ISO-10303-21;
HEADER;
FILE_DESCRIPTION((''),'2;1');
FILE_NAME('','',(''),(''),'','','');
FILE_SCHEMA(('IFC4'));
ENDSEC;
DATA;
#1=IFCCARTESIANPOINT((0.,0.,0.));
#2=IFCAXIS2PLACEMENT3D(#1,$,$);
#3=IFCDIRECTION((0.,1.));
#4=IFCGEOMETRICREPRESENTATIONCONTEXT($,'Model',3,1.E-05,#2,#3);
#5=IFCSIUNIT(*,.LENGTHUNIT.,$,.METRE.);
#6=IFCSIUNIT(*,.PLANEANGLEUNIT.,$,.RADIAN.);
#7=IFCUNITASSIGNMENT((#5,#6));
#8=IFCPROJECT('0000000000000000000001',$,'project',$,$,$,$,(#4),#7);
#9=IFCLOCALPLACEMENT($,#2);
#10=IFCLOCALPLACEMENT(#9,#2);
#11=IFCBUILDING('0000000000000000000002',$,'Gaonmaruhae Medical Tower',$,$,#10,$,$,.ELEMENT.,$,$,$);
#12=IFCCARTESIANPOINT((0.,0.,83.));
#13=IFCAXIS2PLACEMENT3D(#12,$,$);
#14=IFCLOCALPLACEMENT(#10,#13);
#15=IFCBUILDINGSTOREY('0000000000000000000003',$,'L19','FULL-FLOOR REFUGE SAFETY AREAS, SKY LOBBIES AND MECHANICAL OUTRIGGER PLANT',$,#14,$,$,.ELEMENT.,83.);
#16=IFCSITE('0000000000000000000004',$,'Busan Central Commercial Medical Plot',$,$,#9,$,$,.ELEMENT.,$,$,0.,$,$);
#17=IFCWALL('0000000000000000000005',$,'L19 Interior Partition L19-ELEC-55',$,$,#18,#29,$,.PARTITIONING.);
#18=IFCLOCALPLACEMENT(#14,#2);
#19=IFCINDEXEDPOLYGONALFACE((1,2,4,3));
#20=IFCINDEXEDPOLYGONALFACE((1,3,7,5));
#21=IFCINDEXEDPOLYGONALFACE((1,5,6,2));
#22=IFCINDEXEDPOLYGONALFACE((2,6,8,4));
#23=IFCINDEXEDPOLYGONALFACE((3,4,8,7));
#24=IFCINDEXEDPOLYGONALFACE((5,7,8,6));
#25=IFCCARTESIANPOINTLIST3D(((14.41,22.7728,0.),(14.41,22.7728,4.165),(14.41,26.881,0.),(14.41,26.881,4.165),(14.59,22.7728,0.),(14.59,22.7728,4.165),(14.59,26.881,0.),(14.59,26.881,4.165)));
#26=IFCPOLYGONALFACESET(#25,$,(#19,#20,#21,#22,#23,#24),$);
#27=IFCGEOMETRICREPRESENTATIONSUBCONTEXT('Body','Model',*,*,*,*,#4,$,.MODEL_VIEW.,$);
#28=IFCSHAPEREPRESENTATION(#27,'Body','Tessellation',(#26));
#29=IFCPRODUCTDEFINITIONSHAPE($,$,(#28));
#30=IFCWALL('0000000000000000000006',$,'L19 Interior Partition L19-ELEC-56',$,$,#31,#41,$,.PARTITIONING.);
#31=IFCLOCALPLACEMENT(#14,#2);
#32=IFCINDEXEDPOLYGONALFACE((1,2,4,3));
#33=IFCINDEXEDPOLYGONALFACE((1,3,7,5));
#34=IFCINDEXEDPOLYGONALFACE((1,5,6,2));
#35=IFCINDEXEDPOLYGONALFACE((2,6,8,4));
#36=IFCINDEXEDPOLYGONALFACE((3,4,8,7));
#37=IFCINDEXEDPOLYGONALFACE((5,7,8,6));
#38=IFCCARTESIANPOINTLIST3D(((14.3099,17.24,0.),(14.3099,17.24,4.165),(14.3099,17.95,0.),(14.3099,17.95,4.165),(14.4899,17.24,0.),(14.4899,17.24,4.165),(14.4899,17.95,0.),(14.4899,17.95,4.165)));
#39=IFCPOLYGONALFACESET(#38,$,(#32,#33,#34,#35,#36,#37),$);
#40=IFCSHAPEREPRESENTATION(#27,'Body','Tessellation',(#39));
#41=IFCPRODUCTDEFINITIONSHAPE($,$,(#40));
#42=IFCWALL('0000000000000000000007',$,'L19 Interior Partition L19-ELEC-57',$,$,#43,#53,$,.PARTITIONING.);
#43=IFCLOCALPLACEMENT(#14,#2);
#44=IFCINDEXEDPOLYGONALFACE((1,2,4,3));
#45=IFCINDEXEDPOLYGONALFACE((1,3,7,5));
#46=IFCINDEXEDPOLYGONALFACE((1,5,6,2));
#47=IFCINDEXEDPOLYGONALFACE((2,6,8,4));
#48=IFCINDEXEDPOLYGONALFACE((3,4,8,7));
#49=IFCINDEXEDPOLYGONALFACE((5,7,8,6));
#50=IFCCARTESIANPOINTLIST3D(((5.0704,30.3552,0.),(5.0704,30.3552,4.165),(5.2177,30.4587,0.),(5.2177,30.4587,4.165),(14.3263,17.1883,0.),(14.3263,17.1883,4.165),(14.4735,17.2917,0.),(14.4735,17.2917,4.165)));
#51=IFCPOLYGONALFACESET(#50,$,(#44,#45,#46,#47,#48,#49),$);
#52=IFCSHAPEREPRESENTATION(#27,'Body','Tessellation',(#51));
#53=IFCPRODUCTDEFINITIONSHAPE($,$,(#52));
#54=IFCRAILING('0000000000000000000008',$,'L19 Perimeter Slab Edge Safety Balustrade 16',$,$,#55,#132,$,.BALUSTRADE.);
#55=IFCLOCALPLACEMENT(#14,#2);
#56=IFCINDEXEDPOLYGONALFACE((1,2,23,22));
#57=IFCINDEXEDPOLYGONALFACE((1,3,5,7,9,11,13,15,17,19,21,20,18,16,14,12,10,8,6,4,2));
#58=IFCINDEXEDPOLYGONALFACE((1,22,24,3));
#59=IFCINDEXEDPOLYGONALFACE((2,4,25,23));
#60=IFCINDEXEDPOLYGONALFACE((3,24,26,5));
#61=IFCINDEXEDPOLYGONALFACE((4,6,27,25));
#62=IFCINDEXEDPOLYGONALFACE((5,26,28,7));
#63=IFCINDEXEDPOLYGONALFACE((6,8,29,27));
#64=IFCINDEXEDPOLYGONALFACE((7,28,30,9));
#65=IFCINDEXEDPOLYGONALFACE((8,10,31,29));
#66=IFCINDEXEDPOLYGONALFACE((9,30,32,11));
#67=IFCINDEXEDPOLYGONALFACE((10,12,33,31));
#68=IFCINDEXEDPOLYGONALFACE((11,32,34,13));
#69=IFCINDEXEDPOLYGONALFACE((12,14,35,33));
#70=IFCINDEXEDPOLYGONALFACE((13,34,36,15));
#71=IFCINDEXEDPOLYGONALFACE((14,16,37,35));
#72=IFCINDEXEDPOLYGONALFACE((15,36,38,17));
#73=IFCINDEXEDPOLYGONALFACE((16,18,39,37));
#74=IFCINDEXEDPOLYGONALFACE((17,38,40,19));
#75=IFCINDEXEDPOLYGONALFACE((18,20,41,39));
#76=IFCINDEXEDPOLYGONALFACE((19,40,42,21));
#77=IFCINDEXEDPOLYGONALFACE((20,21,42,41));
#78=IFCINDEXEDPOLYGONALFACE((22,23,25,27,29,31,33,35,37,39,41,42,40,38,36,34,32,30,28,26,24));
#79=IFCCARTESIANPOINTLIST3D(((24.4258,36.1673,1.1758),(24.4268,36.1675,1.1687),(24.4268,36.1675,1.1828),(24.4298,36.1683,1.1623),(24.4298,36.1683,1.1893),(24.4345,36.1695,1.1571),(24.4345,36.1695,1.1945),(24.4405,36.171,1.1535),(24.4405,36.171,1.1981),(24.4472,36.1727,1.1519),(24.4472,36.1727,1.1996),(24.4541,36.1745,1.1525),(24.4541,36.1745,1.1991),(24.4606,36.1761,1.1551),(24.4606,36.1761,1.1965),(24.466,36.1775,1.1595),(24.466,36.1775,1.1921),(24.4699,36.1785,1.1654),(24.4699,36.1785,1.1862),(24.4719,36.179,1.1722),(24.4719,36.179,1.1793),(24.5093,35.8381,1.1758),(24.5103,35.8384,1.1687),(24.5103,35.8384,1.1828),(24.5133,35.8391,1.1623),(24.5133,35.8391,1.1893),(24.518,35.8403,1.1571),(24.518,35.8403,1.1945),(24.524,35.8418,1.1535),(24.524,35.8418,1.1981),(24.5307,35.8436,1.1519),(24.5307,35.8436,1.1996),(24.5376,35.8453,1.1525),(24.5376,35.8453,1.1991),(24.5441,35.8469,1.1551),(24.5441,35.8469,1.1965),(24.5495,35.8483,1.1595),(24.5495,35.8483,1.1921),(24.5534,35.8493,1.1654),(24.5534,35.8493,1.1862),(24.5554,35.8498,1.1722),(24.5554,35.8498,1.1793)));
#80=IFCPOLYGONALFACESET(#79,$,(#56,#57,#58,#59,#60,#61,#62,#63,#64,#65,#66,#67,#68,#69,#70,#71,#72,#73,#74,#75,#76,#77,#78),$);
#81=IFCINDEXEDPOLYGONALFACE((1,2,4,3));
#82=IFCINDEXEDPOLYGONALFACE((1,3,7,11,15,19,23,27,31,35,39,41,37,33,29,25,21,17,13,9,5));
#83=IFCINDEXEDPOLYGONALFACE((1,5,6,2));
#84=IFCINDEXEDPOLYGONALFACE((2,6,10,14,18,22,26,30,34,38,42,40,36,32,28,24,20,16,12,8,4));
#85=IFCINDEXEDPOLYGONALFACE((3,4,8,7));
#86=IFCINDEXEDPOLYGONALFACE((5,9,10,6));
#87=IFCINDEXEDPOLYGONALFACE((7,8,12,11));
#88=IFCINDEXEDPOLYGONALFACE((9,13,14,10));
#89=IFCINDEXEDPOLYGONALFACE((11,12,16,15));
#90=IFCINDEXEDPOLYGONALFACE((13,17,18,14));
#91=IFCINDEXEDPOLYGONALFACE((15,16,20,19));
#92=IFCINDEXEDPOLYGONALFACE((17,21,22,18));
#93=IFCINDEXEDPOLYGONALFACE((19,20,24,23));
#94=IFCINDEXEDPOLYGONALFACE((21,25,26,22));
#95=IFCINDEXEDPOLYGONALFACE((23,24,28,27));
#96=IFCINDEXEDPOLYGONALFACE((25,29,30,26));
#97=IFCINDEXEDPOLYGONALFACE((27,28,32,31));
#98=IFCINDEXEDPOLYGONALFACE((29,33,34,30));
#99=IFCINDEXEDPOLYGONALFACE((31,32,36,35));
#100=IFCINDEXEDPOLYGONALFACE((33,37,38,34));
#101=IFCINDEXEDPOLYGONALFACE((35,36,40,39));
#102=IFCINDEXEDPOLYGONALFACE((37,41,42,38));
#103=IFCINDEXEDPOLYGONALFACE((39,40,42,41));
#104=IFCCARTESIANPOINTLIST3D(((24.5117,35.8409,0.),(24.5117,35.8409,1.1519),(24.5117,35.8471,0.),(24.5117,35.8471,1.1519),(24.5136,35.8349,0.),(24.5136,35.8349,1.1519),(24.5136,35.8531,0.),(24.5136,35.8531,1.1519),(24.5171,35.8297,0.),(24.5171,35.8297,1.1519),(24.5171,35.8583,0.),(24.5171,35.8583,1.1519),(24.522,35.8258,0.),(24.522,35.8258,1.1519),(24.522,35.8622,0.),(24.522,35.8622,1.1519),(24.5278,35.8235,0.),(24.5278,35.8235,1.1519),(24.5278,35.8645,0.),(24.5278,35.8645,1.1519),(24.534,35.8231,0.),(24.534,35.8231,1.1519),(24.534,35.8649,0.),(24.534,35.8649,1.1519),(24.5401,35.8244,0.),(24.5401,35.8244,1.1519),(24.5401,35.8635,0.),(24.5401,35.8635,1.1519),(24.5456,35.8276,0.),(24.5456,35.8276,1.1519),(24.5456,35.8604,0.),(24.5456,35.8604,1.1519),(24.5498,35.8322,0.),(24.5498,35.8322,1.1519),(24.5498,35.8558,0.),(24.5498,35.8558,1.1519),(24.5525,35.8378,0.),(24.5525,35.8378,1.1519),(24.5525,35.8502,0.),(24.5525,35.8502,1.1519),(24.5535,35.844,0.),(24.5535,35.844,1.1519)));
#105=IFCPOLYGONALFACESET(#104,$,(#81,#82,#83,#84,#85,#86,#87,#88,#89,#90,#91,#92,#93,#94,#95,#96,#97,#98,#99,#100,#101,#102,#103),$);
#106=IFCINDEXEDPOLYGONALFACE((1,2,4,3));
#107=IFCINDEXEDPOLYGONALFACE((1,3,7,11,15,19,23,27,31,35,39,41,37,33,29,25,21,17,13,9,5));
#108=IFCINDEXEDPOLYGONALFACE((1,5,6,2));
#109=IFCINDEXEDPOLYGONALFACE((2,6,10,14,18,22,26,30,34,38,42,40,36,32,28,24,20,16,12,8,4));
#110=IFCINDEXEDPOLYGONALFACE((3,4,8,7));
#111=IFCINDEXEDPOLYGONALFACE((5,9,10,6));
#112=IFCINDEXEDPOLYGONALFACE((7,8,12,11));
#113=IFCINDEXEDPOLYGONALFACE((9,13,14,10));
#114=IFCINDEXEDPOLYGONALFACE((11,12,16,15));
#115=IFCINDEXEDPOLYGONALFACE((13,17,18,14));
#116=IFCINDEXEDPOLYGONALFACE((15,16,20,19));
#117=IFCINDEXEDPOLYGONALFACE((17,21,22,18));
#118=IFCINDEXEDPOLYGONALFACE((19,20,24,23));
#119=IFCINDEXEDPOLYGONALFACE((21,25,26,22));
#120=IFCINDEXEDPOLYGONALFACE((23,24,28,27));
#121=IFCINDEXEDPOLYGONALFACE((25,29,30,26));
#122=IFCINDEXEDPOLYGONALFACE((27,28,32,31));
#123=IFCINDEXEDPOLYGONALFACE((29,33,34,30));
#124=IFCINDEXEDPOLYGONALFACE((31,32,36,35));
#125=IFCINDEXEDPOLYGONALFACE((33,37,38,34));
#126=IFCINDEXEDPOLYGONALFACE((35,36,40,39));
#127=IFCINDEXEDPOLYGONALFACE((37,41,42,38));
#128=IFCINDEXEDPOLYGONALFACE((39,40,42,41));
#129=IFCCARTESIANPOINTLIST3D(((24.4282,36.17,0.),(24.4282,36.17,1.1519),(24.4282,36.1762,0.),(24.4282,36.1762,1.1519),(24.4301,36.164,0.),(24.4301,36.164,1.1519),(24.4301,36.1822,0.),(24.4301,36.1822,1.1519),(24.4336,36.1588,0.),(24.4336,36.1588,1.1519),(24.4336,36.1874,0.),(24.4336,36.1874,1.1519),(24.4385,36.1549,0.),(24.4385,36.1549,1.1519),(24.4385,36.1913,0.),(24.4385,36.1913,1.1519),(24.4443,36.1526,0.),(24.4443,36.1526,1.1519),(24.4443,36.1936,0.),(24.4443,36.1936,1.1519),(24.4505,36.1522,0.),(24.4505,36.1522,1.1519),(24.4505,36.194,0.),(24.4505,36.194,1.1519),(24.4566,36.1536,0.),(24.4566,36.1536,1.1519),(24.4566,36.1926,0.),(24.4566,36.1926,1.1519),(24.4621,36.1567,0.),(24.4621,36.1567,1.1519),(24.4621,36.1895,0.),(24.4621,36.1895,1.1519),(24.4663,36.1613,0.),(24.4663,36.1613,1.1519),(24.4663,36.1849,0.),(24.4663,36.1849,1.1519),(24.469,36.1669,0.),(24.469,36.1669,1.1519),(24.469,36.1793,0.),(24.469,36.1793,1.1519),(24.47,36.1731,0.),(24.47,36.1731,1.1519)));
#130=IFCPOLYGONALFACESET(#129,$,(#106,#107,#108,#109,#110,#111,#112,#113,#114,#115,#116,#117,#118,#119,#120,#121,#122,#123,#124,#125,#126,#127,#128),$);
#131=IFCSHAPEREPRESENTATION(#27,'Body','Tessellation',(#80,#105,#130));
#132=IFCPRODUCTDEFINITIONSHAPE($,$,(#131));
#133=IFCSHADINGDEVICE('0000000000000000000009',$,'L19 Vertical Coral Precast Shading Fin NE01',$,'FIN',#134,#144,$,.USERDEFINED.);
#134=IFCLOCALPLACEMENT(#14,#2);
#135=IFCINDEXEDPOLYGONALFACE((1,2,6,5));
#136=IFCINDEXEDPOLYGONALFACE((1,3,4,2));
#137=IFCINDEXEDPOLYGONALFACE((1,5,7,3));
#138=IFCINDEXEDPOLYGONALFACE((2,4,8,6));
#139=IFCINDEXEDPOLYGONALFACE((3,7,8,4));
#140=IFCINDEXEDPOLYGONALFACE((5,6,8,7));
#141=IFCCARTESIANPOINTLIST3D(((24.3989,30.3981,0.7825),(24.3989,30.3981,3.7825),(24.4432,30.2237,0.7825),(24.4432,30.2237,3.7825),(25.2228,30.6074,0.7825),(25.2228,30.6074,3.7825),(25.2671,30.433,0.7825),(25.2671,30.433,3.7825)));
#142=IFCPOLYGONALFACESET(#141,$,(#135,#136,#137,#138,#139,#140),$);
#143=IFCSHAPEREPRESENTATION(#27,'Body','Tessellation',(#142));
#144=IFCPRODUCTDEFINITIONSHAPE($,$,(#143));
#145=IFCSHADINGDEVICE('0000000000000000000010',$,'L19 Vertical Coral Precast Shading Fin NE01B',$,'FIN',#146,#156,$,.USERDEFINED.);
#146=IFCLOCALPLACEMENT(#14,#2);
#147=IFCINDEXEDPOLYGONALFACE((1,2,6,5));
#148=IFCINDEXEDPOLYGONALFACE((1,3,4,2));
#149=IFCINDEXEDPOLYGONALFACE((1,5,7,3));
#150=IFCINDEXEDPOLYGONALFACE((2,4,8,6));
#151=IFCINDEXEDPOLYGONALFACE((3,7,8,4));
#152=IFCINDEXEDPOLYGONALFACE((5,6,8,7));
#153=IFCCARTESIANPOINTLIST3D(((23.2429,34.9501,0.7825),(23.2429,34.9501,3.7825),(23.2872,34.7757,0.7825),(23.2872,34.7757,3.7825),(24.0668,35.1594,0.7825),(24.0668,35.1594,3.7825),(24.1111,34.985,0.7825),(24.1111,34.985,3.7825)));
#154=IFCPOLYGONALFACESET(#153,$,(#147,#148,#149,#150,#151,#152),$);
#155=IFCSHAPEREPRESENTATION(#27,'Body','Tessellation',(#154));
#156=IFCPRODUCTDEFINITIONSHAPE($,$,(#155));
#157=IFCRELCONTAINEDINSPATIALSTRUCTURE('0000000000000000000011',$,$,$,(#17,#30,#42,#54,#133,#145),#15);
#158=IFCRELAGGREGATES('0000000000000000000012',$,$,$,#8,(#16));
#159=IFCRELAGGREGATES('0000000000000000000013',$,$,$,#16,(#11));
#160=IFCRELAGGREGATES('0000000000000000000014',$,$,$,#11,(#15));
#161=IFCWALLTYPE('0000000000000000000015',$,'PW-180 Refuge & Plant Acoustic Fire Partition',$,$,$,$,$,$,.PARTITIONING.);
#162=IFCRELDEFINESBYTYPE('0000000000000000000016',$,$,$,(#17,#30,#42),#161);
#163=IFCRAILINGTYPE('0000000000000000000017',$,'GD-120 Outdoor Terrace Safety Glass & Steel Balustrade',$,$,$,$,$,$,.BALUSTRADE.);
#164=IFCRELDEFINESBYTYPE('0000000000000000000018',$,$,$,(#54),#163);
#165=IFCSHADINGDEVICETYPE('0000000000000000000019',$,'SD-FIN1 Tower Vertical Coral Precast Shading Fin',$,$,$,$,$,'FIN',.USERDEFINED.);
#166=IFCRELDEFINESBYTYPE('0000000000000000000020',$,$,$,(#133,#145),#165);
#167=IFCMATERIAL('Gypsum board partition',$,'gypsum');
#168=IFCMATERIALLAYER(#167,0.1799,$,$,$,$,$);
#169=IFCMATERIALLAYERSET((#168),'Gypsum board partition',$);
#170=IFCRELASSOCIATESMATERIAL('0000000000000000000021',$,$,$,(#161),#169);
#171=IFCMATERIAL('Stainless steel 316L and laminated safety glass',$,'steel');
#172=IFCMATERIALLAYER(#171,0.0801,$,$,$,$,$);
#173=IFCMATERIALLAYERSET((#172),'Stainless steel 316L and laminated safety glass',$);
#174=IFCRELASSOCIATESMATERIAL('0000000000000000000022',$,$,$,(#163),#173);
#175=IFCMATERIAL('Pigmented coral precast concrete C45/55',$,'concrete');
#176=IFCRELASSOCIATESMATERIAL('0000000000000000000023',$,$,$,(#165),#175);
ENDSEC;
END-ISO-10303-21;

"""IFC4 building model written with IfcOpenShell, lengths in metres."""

from ifc_helpers import new_model, si_unit, direction, frame, frame_2d, origin, origin_2d, place, context, subcontext, project, spatial, rectangle, circle, extrude, material, layer, layer_set, type_object, element, save


model = new_model("IFC4")

# Units and contexts
model_context = context("Model", 3, precision=1e-05, world=origin(), true_north=direction((0.0, 1.0)))
body_context = subcontext(model_context, "Body", "Model", "MODEL_VIEW")
ifc_project = project(units=[si_unit("LENGTHUNIT", "METRE"), si_unit("PLANEANGLEUNIT", "RADIAN")], contexts=[model_context])

# Site, building, storey
site_placement = place(None, origin())
site = spatial("IfcSite", under=ifc_project, at=site_placement, Name="Busan Central Commercial Medical Plot", CompositionType="ELEMENT", RefElevation=0.0)
building_placement = place(site_placement, origin())
building = spatial("IfcBuilding", under=site, at=building_placement, Name="Gaonmaruhae Medical Tower", CompositionType="ELEMENT")
storey_placement = place(building_placement, frame((0.0, 0.0, 83.0)))
storey = spatial("IfcBuildingStorey", under=building, at=storey_placement, Name="L19", Description="FULL-FLOOR REFUGE SAFETY AREAS, SKY LOBBIES AND MECHANICAL OUTRIGGER PLANT", CompositionType="ELEMENT", Elevation=83.0)

# Shared definitions
ifc_material_1 = material(Name="Gypsum board partition", Category="gypsum")
ifc_layer_1 = layer(ifc_material_1, 0.1799)
ifc_layer_set_1 = layer_set([ifc_layer_1], Name="Gypsum board partition")
wall_type = type_object("IfcWallType", Name="PW-180 Refuge & Plant Acoustic Fire Partition", PredefinedType="PARTITIONING", material=ifc_layer_set_1)

# Walls
wall_1_placement = place(storey_placement, frame((14.5, 26.8811, 0.0), z_axis=(0.0, 0.0, 1.0), x_axis=(0.0, -1.0, 0.0)))
element("IfcWall", 1, at=wall_1_placement, inside=storey, type_object=wall_type, Name="L19 Interior Partition L19-ELEC-55", PredefinedType="PARTITIONING", context=body_context, shape_type="SweptSolid", body=[
    extrude(rectangle(XDim=4.1082, YDim=0.1799, at=frame_2d((2.0542, 0.0))), origin(), (0.0, 0.0, 1.0), 4.165),
])
wall_2_placement = place(storey_placement, frame((14.3999, 17.95, 0.0), z_axis=(0.0, 0.0, 1.0), x_axis=(0.0, -1.0, 0.0)))
element("IfcWall", 2, at=wall_2_placement, inside=storey, type_object=wall_type, Name="L19 Interior Partition L19-ELEC-56", PredefinedType="PARTITIONING", context=body_context, shape_type="SweptSolid", body=[
    extrude(rectangle(XDim=0.71, YDim=0.1799, at=frame_2d((0.355, 0.0))), origin(), (0.0, 0.0, 1.0), 4.165),
])
wall_3_placement = place(storey_placement, frame((14.3999, 17.24, 0.0), z_axis=(0.0, 0.0, 1.0), x_axis=(-0.575086, 0.818093, 0.0)))
element("IfcWall", 3, at=wall_3_placement, inside=storey, type_object=wall_type, Name="L19 Interior Partition L19-ELEC-57", PredefinedType="PARTITIONING", context=body_context, shape_type="SweptSolid", body=[
    extrude(rectangle(XDim=16.0947, YDim=0.1799, at=frame_2d((8.0474, 0.0))), origin(), (0.0, 0.0, 1.0), 4.165),
])

# Railing
ifc_material_2 = material(Name="Stainless steel 316L and laminated safety glass", Category="steel")
ifc_layer_2 = layer(ifc_material_2, 0.0801)
ifc_layer_set_2 = layer_set([ifc_layer_2], Name="Stainless steel 316L and laminated safety glass")
railing_type = type_object("IfcRailingType", Name="GD-120 Outdoor Terrace Safety Glass & Steel Balustrade", PredefinedType="BALUSTRADE", material=ifc_layer_set_2)
railing_placement = place(storey_placement, frame((24.5325, 35.844, 0.0)))
element("IfcRailing", 4, at=railing_placement, inside=storey, type_object=railing_type, Name="L19 Perimeter Slab Edge Safety Balustrade 16", PredefinedType="BALUSTRADE", context=body_context, shape_type="SweptSolid", body=[
    extrude(circle(Radius=0.0239, at=origin_2d()), frame((0.0, 0.0, 1.1758), z_axis=(-0.245918, 0.969291, 0.0), x_axis=(-0.969291, -0.245918, 0.0)), (0.0, 0.0, 1.0), 0.3396),
    extrude(circle(Radius=0.021, at=origin_2d()), origin(), (0.0, 0.0, 1.0), 1.1519),
    extrude(circle(Radius=0.021, at=origin_2d()), frame((-0.0835, 0.3291, 0.0)), (0.0, 0.0, 1.0), 1.1519),
])

# Shading devices
ifc_material_3 = material(Name="Pigmented coral precast concrete C45/55", Category="concrete")
shading_device_type = type_object("IfcShadingDeviceType", Name="SD-FIN1 Tower Vertical Coral Precast Shading Fin", ElementType="FIN", PredefinedType="USERDEFINED", material=ifc_material_3)
for number, where, z_axis, x_axis, name in (
    (5, (24.833, 30.4155, 0.7825), (0.0, 0.0, 1.0), (-0.246153, 0.969231, 0.0), "L19 Vertical Coral Precast Shading Fin NE01"),
    (6, (23.677, 34.9675, 0.7825), (0.0, 0.0, 1.0), (-0.246153, 0.969231, 0.0), "L19 Vertical Coral Precast Shading Fin NE01B"),
):
    element("IfcShadingDevice", number, at=place(storey_placement, frame(where, z_axis=z_axis, x_axis=x_axis)), inside=storey, type_object=shading_device_type, Name=name, ObjectType="FIN", PredefinedType="USERDEFINED", context=body_context, shape_type="SweptSolid", body=[
        extrude(rectangle(XDim=0.1799, YDim=0.8501, at=origin_2d()), origin(), (0.0, 0.0, 1.0), 3.0),
    ])

save(model, "model.ifc")
